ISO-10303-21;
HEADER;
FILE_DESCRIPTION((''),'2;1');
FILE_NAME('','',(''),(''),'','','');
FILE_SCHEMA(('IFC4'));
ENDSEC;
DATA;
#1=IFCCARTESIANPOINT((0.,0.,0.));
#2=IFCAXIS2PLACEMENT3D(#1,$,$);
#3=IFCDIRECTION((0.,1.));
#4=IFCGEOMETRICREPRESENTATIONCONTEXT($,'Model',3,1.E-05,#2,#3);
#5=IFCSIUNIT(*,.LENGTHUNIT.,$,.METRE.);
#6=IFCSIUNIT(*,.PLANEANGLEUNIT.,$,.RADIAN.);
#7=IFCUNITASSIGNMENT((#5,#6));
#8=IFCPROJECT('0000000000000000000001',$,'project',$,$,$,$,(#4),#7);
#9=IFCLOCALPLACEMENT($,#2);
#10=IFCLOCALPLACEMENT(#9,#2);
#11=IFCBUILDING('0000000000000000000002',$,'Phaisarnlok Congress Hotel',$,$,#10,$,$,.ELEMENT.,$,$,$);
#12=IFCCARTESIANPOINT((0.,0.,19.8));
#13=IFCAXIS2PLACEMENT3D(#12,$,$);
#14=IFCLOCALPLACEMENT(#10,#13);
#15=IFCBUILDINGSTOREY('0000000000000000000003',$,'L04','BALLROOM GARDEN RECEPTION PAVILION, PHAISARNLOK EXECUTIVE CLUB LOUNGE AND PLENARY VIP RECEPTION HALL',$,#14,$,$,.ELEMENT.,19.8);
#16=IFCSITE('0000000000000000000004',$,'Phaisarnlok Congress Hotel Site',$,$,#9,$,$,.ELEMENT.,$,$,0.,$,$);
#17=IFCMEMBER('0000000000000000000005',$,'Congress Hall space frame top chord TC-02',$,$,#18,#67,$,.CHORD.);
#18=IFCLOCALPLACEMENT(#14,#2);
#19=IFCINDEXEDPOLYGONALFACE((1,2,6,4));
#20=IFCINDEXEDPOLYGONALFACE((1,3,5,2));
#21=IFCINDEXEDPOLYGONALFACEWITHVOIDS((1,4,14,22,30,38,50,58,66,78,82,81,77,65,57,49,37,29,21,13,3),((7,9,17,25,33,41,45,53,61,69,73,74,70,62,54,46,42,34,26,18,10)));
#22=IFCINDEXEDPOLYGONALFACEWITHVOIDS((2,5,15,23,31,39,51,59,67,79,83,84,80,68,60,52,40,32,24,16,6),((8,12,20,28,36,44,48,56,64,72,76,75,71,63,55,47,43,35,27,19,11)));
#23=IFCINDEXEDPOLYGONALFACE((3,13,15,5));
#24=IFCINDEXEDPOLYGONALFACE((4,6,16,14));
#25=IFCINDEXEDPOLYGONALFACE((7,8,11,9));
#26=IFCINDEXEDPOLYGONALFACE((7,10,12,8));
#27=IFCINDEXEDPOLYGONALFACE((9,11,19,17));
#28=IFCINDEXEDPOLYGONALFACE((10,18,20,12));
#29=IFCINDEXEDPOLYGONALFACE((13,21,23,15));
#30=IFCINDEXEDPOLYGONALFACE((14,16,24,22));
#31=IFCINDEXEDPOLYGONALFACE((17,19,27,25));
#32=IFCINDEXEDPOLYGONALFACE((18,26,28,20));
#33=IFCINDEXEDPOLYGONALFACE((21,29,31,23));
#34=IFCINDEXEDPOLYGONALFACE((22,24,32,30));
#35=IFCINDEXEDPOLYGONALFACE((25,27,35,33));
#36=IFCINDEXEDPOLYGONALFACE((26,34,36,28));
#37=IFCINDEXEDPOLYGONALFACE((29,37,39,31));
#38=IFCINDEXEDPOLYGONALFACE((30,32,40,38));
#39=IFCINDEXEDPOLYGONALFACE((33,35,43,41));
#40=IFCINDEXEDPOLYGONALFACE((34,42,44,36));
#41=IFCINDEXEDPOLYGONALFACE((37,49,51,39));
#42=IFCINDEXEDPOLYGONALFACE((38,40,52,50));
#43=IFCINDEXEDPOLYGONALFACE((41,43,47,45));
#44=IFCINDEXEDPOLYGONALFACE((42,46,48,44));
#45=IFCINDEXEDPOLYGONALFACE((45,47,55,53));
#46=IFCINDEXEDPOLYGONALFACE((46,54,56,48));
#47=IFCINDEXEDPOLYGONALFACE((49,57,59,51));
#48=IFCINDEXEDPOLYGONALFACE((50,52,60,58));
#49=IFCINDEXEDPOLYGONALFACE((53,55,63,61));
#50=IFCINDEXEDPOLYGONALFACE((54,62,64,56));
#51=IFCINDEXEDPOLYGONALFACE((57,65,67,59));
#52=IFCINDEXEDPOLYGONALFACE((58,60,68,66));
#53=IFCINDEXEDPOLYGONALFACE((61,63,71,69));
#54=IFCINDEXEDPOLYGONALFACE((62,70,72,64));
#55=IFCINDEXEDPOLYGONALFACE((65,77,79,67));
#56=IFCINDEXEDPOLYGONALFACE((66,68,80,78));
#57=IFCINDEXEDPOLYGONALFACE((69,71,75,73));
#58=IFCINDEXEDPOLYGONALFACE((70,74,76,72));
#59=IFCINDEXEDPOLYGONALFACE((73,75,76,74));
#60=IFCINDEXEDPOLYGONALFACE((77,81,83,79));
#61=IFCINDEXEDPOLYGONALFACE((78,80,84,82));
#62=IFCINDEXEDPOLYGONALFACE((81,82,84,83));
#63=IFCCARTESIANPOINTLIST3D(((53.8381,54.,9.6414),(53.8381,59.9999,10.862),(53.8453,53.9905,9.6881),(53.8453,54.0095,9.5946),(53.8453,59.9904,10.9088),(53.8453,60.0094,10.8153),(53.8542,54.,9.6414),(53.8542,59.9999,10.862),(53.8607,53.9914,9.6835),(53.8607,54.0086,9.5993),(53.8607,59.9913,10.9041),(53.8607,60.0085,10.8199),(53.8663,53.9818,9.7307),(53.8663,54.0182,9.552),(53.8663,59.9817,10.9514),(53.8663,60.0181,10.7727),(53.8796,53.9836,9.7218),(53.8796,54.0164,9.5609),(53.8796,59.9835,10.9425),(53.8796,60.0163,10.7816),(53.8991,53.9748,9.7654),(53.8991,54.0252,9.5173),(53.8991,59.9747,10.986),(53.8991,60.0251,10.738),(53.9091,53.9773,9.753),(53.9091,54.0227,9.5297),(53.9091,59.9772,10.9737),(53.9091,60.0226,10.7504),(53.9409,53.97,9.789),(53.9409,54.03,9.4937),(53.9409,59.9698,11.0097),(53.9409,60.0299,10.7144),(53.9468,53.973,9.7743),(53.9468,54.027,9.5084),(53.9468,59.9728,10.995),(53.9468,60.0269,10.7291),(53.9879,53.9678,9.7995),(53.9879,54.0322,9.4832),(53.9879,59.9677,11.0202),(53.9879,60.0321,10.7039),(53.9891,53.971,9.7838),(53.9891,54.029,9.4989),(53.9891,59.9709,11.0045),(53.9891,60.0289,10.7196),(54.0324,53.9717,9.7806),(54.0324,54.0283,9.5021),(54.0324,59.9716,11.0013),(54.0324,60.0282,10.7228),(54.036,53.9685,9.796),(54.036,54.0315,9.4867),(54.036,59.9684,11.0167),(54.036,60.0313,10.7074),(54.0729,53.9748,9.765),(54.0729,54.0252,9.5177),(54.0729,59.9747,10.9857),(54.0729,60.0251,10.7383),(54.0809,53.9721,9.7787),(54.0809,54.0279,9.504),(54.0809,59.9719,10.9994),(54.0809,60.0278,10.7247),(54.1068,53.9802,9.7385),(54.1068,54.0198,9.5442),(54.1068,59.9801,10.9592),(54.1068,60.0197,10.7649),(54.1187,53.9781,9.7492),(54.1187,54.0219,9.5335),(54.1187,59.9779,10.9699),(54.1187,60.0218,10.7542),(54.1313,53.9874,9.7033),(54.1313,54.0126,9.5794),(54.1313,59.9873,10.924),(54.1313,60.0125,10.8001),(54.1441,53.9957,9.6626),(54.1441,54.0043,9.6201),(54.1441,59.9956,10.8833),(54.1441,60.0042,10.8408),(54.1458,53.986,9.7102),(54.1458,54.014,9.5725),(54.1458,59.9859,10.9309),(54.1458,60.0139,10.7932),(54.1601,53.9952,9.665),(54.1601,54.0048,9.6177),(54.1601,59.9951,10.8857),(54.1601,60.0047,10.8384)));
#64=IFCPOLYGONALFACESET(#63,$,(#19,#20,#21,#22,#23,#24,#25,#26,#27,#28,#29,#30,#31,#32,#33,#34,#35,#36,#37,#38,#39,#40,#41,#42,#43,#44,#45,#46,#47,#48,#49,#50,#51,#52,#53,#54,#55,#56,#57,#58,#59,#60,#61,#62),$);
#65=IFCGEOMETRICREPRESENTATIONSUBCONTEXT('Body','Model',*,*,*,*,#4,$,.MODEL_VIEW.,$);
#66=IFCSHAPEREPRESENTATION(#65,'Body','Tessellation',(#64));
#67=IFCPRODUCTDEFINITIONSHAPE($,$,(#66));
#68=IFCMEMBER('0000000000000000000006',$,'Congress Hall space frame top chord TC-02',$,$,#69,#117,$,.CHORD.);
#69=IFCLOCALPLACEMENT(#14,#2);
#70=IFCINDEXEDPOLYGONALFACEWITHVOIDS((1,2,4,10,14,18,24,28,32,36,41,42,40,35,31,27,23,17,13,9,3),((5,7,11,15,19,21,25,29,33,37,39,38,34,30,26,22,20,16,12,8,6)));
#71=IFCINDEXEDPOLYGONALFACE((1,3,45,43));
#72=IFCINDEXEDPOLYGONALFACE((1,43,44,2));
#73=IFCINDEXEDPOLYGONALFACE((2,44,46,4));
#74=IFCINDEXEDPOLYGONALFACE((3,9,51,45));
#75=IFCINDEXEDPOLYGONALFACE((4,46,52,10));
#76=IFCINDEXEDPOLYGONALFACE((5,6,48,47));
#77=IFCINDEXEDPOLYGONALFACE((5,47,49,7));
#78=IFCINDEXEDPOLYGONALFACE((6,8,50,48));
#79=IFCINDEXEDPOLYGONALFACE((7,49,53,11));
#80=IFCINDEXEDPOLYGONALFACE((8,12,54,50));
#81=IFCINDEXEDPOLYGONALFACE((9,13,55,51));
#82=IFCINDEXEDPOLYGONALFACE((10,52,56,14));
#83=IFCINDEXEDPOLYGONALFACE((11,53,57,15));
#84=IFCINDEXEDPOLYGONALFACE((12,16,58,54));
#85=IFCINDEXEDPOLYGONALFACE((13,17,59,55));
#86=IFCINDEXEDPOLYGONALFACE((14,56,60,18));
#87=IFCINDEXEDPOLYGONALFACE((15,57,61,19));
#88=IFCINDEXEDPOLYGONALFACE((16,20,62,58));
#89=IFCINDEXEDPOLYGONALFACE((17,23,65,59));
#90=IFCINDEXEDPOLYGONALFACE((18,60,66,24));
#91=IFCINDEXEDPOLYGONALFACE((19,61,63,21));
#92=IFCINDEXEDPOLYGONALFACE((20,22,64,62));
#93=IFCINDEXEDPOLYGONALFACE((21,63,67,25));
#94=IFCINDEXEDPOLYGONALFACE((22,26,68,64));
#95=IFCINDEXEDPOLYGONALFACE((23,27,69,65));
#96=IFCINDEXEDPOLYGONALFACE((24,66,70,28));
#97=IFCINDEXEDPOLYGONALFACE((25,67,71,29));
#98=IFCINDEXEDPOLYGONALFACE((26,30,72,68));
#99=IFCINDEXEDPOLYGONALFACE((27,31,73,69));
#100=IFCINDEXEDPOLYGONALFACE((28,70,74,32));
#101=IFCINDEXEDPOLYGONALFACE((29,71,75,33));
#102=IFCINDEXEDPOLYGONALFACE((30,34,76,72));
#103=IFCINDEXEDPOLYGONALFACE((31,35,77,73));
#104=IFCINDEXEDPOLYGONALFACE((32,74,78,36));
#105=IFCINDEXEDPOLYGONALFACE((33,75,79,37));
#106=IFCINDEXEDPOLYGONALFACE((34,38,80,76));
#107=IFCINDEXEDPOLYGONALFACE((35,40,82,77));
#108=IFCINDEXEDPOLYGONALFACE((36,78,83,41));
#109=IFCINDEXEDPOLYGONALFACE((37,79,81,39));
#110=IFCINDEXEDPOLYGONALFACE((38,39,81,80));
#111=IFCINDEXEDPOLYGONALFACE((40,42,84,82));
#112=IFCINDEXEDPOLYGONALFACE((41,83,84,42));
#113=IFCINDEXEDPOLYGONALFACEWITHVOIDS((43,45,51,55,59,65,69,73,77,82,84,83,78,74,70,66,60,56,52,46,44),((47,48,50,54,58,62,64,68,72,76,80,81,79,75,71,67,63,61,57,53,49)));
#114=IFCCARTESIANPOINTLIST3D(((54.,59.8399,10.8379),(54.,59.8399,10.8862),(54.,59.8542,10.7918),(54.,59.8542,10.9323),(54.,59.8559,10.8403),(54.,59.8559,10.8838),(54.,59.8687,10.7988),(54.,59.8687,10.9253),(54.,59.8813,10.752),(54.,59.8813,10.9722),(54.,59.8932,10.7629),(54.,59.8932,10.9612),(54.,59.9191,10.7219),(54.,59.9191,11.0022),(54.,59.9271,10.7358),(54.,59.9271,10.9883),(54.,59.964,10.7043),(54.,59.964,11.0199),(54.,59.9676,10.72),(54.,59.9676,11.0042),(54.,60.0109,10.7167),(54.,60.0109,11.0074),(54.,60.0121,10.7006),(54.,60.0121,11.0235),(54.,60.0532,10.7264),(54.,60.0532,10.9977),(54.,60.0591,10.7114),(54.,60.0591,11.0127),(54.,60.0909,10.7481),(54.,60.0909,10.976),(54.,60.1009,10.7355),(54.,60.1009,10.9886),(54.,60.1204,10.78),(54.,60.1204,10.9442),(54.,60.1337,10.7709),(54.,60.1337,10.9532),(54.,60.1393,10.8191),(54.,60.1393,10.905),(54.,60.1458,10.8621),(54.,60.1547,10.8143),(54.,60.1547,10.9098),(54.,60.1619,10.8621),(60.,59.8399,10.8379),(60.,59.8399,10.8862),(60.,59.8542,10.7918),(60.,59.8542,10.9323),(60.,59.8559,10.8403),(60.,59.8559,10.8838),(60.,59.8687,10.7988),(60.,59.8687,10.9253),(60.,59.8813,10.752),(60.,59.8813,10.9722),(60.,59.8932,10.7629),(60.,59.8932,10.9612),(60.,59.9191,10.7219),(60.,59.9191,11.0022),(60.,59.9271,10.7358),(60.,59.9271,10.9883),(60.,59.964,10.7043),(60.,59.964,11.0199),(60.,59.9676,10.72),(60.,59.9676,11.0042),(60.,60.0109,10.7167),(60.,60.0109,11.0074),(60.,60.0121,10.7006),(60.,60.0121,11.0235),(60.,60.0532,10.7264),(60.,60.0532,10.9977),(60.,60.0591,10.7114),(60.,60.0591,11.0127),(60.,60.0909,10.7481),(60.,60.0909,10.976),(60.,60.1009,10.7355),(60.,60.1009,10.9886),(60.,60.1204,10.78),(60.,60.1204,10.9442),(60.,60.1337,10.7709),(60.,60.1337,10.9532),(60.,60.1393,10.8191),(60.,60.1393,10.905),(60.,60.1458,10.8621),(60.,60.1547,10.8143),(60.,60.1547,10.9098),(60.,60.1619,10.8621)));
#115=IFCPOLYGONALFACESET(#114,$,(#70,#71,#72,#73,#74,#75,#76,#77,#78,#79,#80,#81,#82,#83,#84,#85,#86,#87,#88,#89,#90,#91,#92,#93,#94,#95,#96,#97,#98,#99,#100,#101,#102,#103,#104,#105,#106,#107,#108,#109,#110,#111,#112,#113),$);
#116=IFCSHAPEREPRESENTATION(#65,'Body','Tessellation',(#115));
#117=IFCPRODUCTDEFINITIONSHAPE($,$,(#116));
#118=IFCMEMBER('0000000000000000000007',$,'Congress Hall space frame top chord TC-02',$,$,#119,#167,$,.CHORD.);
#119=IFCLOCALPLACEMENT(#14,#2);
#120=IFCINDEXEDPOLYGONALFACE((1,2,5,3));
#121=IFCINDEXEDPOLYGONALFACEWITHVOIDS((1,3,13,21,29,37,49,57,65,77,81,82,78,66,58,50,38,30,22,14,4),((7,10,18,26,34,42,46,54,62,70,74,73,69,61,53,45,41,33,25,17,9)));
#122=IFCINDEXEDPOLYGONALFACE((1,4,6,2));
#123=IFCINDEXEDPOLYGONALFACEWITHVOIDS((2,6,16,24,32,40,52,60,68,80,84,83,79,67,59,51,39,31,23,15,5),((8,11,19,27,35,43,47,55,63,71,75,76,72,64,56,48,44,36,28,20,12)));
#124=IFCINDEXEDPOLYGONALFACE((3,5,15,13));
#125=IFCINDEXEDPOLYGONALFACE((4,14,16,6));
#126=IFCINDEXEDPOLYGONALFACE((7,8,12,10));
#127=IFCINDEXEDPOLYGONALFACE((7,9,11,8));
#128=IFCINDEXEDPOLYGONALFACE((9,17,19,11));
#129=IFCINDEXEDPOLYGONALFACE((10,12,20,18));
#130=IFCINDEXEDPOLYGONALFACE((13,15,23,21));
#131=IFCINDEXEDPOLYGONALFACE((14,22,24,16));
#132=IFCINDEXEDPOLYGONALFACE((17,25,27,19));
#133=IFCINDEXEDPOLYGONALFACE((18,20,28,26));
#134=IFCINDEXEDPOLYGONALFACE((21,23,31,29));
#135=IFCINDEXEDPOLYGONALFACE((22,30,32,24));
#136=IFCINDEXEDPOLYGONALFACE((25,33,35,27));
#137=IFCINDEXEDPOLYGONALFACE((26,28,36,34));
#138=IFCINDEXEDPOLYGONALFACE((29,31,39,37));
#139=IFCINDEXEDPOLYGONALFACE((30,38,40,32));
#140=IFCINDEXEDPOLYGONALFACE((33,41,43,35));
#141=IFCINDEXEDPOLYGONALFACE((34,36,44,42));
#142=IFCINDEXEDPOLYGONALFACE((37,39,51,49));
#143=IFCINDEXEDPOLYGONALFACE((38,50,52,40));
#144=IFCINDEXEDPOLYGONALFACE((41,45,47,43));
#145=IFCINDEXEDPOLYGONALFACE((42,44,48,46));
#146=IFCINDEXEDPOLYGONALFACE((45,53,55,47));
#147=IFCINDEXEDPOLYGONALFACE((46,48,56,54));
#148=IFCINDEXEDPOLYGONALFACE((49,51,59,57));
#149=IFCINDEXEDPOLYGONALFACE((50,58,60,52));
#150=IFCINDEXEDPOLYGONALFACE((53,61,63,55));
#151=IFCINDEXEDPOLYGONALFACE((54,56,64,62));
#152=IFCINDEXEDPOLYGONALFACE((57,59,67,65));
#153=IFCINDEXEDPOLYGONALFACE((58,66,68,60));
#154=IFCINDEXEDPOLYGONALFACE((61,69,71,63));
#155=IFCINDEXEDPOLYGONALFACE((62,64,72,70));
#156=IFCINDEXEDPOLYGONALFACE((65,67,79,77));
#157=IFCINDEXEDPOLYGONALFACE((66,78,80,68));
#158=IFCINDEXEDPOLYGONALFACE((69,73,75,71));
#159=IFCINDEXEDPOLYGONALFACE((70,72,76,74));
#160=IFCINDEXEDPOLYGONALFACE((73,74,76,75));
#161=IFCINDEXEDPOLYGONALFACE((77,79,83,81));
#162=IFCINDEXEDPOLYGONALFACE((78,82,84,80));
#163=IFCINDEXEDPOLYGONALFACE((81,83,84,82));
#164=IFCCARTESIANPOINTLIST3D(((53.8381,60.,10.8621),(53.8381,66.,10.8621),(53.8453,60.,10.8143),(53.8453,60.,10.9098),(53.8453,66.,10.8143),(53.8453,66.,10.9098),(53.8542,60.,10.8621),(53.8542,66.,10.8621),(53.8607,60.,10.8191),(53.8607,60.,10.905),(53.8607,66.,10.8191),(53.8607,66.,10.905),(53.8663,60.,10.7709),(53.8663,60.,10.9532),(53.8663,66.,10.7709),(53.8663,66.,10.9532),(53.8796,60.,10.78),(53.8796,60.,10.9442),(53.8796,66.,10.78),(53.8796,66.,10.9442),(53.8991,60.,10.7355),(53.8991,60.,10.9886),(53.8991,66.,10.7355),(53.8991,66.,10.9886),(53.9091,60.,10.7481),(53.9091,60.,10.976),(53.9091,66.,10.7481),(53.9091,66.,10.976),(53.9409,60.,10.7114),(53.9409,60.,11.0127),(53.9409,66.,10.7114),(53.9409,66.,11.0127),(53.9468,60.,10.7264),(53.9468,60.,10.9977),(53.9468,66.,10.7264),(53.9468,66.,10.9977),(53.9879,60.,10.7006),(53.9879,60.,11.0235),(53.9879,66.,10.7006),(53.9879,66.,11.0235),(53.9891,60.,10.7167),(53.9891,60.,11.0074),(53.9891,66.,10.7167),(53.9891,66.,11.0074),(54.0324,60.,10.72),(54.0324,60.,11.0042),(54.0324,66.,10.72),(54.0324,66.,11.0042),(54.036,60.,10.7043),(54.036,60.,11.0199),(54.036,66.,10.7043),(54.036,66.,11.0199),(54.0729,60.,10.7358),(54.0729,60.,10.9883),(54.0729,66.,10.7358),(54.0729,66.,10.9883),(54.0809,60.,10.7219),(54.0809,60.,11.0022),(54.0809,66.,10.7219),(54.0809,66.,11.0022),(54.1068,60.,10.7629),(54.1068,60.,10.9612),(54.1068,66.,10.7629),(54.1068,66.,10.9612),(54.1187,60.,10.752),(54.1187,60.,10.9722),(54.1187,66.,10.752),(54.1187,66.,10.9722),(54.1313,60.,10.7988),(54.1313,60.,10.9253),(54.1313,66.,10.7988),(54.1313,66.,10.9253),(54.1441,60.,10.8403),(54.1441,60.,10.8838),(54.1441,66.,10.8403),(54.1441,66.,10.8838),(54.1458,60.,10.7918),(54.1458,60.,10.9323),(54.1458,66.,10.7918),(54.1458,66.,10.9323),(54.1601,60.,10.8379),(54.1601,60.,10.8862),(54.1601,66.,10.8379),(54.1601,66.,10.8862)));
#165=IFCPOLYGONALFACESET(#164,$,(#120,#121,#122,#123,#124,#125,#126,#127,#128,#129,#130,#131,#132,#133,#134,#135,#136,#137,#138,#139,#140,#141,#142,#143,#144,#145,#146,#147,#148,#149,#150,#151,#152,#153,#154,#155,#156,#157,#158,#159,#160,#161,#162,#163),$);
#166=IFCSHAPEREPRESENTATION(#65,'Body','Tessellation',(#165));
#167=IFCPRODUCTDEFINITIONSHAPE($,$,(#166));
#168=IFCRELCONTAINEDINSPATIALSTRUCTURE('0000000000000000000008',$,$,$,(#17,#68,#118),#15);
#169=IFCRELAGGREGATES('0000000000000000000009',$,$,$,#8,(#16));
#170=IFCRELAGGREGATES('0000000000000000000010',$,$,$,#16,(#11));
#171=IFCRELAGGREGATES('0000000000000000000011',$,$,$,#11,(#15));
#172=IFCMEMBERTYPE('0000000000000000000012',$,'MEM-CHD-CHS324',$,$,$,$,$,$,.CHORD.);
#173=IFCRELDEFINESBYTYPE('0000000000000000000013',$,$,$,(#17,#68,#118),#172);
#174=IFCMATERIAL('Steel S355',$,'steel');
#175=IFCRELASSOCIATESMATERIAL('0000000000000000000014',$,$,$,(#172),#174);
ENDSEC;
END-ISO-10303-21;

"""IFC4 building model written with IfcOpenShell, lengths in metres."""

from ifc_helpers import new_model, si_unit, direction, frame, origin, origin_2d, place, context, subcontext, project, spatial, hollow_circle, extrude, material, material_profile, profile_set, type_object, element, save


model = new_model("IFC4")

# Units and contexts
model_context = context("Model", 3, precision=1e-05, world=origin(), true_north=direction((0.0, 1.0)))
body_context = subcontext(model_context, "Body", "Model", "MODEL_VIEW")
ifc_project = project(units=[si_unit("LENGTHUNIT", "METRE"), si_unit("PLANEANGLEUNIT", "RADIAN")], contexts=[model_context])

# Site, building, storey
site_placement = place(None, origin())
site = spatial("IfcSite", under=ifc_project, at=site_placement, Name="Phaisarnlok Congress Hotel Site", CompositionType="ELEMENT", RefElevation=0.0)
building_placement = place(site_placement, origin())
building = spatial("IfcBuilding", under=site, at=building_placement, Name="Phaisarnlok Congress Hotel", CompositionType="ELEMENT")
storey_placement = place(building_placement, frame((0.0, 0.0, 19.8)))
storey = spatial("IfcBuildingStorey", under=building, at=storey_placement, Name="L04", Description="BALLROOM GARDEN RECEPTION PAVILION, PHAISARNLOK EXECUTIVE CLUB LOUNGE AND PLENARY VIP RECEPTION HALL", CompositionType="ELEMENT", Elevation=19.8)

# Members
ifc_material = material(Name="Steel S355", Category="steel")
ifc_material_profile_1 = material_profile(ifc_material, hollow_circle(Radius=0.1619, WallThickness=0.0161, at=origin_2d()), Name="CHS 323.9x16")
ifc_profile_set_1 = profile_set([ifc_material_profile_1], Name="Steel S355")
member_type_1 = type_object("IfcMemberType", Name="MEM-CHD-CHS324", PredefinedType="CHORD", material=ifc_profile_set_1)
member_1_placement = place(storey_placement, frame((54.0, 54.0, 9.6414), z_axis=(0.0, 0.979925, 0.199366), x_axis=(-1.0, 0.0, 0.0)))
element("IfcMember", 1, at=member_1_placement, inside=storey, type_object=member_type_1, Name="Congress Hall space frame top chord TC-02", PredefinedType="CHORD", context=body_context, shape_type="SweptSolid", body=[
    extrude(hollow_circle(Radius=0.1619, WallThickness=0.0161, at=origin_2d()), origin(), (0.0, 0.0, 1.0), 6.1228),
])
for number, where, z_axis, x_axis, name in (
    (2, (54.0, 60.0, 10.8621), (1.0, 0.0, 0.0), (0.0, 1.0, 0.0), "Congress Hall space frame top chord TC-02"),
    (3, (54.0, 60.0, 10.8621), (0.0, 1.0, 0.0), (-1.0, 0.0, 0.0), "Congress Hall space frame top chord TC-02"),
):
    element("IfcMember", number, at=place(storey_placement, frame(where, z_axis=z_axis, x_axis=x_axis)), inside=storey, type_object=member_type_1, Name=name, PredefinedType="CHORD", context=body_context, shape_type="SweptSolid", body=[
        extrude(hollow_circle(Radius=0.1619, WallThickness=0.0161, at=origin_2d()), origin(), (0.0, 0.0, 1.0), 6.0),
    ])

save(model, "model.ifc")
